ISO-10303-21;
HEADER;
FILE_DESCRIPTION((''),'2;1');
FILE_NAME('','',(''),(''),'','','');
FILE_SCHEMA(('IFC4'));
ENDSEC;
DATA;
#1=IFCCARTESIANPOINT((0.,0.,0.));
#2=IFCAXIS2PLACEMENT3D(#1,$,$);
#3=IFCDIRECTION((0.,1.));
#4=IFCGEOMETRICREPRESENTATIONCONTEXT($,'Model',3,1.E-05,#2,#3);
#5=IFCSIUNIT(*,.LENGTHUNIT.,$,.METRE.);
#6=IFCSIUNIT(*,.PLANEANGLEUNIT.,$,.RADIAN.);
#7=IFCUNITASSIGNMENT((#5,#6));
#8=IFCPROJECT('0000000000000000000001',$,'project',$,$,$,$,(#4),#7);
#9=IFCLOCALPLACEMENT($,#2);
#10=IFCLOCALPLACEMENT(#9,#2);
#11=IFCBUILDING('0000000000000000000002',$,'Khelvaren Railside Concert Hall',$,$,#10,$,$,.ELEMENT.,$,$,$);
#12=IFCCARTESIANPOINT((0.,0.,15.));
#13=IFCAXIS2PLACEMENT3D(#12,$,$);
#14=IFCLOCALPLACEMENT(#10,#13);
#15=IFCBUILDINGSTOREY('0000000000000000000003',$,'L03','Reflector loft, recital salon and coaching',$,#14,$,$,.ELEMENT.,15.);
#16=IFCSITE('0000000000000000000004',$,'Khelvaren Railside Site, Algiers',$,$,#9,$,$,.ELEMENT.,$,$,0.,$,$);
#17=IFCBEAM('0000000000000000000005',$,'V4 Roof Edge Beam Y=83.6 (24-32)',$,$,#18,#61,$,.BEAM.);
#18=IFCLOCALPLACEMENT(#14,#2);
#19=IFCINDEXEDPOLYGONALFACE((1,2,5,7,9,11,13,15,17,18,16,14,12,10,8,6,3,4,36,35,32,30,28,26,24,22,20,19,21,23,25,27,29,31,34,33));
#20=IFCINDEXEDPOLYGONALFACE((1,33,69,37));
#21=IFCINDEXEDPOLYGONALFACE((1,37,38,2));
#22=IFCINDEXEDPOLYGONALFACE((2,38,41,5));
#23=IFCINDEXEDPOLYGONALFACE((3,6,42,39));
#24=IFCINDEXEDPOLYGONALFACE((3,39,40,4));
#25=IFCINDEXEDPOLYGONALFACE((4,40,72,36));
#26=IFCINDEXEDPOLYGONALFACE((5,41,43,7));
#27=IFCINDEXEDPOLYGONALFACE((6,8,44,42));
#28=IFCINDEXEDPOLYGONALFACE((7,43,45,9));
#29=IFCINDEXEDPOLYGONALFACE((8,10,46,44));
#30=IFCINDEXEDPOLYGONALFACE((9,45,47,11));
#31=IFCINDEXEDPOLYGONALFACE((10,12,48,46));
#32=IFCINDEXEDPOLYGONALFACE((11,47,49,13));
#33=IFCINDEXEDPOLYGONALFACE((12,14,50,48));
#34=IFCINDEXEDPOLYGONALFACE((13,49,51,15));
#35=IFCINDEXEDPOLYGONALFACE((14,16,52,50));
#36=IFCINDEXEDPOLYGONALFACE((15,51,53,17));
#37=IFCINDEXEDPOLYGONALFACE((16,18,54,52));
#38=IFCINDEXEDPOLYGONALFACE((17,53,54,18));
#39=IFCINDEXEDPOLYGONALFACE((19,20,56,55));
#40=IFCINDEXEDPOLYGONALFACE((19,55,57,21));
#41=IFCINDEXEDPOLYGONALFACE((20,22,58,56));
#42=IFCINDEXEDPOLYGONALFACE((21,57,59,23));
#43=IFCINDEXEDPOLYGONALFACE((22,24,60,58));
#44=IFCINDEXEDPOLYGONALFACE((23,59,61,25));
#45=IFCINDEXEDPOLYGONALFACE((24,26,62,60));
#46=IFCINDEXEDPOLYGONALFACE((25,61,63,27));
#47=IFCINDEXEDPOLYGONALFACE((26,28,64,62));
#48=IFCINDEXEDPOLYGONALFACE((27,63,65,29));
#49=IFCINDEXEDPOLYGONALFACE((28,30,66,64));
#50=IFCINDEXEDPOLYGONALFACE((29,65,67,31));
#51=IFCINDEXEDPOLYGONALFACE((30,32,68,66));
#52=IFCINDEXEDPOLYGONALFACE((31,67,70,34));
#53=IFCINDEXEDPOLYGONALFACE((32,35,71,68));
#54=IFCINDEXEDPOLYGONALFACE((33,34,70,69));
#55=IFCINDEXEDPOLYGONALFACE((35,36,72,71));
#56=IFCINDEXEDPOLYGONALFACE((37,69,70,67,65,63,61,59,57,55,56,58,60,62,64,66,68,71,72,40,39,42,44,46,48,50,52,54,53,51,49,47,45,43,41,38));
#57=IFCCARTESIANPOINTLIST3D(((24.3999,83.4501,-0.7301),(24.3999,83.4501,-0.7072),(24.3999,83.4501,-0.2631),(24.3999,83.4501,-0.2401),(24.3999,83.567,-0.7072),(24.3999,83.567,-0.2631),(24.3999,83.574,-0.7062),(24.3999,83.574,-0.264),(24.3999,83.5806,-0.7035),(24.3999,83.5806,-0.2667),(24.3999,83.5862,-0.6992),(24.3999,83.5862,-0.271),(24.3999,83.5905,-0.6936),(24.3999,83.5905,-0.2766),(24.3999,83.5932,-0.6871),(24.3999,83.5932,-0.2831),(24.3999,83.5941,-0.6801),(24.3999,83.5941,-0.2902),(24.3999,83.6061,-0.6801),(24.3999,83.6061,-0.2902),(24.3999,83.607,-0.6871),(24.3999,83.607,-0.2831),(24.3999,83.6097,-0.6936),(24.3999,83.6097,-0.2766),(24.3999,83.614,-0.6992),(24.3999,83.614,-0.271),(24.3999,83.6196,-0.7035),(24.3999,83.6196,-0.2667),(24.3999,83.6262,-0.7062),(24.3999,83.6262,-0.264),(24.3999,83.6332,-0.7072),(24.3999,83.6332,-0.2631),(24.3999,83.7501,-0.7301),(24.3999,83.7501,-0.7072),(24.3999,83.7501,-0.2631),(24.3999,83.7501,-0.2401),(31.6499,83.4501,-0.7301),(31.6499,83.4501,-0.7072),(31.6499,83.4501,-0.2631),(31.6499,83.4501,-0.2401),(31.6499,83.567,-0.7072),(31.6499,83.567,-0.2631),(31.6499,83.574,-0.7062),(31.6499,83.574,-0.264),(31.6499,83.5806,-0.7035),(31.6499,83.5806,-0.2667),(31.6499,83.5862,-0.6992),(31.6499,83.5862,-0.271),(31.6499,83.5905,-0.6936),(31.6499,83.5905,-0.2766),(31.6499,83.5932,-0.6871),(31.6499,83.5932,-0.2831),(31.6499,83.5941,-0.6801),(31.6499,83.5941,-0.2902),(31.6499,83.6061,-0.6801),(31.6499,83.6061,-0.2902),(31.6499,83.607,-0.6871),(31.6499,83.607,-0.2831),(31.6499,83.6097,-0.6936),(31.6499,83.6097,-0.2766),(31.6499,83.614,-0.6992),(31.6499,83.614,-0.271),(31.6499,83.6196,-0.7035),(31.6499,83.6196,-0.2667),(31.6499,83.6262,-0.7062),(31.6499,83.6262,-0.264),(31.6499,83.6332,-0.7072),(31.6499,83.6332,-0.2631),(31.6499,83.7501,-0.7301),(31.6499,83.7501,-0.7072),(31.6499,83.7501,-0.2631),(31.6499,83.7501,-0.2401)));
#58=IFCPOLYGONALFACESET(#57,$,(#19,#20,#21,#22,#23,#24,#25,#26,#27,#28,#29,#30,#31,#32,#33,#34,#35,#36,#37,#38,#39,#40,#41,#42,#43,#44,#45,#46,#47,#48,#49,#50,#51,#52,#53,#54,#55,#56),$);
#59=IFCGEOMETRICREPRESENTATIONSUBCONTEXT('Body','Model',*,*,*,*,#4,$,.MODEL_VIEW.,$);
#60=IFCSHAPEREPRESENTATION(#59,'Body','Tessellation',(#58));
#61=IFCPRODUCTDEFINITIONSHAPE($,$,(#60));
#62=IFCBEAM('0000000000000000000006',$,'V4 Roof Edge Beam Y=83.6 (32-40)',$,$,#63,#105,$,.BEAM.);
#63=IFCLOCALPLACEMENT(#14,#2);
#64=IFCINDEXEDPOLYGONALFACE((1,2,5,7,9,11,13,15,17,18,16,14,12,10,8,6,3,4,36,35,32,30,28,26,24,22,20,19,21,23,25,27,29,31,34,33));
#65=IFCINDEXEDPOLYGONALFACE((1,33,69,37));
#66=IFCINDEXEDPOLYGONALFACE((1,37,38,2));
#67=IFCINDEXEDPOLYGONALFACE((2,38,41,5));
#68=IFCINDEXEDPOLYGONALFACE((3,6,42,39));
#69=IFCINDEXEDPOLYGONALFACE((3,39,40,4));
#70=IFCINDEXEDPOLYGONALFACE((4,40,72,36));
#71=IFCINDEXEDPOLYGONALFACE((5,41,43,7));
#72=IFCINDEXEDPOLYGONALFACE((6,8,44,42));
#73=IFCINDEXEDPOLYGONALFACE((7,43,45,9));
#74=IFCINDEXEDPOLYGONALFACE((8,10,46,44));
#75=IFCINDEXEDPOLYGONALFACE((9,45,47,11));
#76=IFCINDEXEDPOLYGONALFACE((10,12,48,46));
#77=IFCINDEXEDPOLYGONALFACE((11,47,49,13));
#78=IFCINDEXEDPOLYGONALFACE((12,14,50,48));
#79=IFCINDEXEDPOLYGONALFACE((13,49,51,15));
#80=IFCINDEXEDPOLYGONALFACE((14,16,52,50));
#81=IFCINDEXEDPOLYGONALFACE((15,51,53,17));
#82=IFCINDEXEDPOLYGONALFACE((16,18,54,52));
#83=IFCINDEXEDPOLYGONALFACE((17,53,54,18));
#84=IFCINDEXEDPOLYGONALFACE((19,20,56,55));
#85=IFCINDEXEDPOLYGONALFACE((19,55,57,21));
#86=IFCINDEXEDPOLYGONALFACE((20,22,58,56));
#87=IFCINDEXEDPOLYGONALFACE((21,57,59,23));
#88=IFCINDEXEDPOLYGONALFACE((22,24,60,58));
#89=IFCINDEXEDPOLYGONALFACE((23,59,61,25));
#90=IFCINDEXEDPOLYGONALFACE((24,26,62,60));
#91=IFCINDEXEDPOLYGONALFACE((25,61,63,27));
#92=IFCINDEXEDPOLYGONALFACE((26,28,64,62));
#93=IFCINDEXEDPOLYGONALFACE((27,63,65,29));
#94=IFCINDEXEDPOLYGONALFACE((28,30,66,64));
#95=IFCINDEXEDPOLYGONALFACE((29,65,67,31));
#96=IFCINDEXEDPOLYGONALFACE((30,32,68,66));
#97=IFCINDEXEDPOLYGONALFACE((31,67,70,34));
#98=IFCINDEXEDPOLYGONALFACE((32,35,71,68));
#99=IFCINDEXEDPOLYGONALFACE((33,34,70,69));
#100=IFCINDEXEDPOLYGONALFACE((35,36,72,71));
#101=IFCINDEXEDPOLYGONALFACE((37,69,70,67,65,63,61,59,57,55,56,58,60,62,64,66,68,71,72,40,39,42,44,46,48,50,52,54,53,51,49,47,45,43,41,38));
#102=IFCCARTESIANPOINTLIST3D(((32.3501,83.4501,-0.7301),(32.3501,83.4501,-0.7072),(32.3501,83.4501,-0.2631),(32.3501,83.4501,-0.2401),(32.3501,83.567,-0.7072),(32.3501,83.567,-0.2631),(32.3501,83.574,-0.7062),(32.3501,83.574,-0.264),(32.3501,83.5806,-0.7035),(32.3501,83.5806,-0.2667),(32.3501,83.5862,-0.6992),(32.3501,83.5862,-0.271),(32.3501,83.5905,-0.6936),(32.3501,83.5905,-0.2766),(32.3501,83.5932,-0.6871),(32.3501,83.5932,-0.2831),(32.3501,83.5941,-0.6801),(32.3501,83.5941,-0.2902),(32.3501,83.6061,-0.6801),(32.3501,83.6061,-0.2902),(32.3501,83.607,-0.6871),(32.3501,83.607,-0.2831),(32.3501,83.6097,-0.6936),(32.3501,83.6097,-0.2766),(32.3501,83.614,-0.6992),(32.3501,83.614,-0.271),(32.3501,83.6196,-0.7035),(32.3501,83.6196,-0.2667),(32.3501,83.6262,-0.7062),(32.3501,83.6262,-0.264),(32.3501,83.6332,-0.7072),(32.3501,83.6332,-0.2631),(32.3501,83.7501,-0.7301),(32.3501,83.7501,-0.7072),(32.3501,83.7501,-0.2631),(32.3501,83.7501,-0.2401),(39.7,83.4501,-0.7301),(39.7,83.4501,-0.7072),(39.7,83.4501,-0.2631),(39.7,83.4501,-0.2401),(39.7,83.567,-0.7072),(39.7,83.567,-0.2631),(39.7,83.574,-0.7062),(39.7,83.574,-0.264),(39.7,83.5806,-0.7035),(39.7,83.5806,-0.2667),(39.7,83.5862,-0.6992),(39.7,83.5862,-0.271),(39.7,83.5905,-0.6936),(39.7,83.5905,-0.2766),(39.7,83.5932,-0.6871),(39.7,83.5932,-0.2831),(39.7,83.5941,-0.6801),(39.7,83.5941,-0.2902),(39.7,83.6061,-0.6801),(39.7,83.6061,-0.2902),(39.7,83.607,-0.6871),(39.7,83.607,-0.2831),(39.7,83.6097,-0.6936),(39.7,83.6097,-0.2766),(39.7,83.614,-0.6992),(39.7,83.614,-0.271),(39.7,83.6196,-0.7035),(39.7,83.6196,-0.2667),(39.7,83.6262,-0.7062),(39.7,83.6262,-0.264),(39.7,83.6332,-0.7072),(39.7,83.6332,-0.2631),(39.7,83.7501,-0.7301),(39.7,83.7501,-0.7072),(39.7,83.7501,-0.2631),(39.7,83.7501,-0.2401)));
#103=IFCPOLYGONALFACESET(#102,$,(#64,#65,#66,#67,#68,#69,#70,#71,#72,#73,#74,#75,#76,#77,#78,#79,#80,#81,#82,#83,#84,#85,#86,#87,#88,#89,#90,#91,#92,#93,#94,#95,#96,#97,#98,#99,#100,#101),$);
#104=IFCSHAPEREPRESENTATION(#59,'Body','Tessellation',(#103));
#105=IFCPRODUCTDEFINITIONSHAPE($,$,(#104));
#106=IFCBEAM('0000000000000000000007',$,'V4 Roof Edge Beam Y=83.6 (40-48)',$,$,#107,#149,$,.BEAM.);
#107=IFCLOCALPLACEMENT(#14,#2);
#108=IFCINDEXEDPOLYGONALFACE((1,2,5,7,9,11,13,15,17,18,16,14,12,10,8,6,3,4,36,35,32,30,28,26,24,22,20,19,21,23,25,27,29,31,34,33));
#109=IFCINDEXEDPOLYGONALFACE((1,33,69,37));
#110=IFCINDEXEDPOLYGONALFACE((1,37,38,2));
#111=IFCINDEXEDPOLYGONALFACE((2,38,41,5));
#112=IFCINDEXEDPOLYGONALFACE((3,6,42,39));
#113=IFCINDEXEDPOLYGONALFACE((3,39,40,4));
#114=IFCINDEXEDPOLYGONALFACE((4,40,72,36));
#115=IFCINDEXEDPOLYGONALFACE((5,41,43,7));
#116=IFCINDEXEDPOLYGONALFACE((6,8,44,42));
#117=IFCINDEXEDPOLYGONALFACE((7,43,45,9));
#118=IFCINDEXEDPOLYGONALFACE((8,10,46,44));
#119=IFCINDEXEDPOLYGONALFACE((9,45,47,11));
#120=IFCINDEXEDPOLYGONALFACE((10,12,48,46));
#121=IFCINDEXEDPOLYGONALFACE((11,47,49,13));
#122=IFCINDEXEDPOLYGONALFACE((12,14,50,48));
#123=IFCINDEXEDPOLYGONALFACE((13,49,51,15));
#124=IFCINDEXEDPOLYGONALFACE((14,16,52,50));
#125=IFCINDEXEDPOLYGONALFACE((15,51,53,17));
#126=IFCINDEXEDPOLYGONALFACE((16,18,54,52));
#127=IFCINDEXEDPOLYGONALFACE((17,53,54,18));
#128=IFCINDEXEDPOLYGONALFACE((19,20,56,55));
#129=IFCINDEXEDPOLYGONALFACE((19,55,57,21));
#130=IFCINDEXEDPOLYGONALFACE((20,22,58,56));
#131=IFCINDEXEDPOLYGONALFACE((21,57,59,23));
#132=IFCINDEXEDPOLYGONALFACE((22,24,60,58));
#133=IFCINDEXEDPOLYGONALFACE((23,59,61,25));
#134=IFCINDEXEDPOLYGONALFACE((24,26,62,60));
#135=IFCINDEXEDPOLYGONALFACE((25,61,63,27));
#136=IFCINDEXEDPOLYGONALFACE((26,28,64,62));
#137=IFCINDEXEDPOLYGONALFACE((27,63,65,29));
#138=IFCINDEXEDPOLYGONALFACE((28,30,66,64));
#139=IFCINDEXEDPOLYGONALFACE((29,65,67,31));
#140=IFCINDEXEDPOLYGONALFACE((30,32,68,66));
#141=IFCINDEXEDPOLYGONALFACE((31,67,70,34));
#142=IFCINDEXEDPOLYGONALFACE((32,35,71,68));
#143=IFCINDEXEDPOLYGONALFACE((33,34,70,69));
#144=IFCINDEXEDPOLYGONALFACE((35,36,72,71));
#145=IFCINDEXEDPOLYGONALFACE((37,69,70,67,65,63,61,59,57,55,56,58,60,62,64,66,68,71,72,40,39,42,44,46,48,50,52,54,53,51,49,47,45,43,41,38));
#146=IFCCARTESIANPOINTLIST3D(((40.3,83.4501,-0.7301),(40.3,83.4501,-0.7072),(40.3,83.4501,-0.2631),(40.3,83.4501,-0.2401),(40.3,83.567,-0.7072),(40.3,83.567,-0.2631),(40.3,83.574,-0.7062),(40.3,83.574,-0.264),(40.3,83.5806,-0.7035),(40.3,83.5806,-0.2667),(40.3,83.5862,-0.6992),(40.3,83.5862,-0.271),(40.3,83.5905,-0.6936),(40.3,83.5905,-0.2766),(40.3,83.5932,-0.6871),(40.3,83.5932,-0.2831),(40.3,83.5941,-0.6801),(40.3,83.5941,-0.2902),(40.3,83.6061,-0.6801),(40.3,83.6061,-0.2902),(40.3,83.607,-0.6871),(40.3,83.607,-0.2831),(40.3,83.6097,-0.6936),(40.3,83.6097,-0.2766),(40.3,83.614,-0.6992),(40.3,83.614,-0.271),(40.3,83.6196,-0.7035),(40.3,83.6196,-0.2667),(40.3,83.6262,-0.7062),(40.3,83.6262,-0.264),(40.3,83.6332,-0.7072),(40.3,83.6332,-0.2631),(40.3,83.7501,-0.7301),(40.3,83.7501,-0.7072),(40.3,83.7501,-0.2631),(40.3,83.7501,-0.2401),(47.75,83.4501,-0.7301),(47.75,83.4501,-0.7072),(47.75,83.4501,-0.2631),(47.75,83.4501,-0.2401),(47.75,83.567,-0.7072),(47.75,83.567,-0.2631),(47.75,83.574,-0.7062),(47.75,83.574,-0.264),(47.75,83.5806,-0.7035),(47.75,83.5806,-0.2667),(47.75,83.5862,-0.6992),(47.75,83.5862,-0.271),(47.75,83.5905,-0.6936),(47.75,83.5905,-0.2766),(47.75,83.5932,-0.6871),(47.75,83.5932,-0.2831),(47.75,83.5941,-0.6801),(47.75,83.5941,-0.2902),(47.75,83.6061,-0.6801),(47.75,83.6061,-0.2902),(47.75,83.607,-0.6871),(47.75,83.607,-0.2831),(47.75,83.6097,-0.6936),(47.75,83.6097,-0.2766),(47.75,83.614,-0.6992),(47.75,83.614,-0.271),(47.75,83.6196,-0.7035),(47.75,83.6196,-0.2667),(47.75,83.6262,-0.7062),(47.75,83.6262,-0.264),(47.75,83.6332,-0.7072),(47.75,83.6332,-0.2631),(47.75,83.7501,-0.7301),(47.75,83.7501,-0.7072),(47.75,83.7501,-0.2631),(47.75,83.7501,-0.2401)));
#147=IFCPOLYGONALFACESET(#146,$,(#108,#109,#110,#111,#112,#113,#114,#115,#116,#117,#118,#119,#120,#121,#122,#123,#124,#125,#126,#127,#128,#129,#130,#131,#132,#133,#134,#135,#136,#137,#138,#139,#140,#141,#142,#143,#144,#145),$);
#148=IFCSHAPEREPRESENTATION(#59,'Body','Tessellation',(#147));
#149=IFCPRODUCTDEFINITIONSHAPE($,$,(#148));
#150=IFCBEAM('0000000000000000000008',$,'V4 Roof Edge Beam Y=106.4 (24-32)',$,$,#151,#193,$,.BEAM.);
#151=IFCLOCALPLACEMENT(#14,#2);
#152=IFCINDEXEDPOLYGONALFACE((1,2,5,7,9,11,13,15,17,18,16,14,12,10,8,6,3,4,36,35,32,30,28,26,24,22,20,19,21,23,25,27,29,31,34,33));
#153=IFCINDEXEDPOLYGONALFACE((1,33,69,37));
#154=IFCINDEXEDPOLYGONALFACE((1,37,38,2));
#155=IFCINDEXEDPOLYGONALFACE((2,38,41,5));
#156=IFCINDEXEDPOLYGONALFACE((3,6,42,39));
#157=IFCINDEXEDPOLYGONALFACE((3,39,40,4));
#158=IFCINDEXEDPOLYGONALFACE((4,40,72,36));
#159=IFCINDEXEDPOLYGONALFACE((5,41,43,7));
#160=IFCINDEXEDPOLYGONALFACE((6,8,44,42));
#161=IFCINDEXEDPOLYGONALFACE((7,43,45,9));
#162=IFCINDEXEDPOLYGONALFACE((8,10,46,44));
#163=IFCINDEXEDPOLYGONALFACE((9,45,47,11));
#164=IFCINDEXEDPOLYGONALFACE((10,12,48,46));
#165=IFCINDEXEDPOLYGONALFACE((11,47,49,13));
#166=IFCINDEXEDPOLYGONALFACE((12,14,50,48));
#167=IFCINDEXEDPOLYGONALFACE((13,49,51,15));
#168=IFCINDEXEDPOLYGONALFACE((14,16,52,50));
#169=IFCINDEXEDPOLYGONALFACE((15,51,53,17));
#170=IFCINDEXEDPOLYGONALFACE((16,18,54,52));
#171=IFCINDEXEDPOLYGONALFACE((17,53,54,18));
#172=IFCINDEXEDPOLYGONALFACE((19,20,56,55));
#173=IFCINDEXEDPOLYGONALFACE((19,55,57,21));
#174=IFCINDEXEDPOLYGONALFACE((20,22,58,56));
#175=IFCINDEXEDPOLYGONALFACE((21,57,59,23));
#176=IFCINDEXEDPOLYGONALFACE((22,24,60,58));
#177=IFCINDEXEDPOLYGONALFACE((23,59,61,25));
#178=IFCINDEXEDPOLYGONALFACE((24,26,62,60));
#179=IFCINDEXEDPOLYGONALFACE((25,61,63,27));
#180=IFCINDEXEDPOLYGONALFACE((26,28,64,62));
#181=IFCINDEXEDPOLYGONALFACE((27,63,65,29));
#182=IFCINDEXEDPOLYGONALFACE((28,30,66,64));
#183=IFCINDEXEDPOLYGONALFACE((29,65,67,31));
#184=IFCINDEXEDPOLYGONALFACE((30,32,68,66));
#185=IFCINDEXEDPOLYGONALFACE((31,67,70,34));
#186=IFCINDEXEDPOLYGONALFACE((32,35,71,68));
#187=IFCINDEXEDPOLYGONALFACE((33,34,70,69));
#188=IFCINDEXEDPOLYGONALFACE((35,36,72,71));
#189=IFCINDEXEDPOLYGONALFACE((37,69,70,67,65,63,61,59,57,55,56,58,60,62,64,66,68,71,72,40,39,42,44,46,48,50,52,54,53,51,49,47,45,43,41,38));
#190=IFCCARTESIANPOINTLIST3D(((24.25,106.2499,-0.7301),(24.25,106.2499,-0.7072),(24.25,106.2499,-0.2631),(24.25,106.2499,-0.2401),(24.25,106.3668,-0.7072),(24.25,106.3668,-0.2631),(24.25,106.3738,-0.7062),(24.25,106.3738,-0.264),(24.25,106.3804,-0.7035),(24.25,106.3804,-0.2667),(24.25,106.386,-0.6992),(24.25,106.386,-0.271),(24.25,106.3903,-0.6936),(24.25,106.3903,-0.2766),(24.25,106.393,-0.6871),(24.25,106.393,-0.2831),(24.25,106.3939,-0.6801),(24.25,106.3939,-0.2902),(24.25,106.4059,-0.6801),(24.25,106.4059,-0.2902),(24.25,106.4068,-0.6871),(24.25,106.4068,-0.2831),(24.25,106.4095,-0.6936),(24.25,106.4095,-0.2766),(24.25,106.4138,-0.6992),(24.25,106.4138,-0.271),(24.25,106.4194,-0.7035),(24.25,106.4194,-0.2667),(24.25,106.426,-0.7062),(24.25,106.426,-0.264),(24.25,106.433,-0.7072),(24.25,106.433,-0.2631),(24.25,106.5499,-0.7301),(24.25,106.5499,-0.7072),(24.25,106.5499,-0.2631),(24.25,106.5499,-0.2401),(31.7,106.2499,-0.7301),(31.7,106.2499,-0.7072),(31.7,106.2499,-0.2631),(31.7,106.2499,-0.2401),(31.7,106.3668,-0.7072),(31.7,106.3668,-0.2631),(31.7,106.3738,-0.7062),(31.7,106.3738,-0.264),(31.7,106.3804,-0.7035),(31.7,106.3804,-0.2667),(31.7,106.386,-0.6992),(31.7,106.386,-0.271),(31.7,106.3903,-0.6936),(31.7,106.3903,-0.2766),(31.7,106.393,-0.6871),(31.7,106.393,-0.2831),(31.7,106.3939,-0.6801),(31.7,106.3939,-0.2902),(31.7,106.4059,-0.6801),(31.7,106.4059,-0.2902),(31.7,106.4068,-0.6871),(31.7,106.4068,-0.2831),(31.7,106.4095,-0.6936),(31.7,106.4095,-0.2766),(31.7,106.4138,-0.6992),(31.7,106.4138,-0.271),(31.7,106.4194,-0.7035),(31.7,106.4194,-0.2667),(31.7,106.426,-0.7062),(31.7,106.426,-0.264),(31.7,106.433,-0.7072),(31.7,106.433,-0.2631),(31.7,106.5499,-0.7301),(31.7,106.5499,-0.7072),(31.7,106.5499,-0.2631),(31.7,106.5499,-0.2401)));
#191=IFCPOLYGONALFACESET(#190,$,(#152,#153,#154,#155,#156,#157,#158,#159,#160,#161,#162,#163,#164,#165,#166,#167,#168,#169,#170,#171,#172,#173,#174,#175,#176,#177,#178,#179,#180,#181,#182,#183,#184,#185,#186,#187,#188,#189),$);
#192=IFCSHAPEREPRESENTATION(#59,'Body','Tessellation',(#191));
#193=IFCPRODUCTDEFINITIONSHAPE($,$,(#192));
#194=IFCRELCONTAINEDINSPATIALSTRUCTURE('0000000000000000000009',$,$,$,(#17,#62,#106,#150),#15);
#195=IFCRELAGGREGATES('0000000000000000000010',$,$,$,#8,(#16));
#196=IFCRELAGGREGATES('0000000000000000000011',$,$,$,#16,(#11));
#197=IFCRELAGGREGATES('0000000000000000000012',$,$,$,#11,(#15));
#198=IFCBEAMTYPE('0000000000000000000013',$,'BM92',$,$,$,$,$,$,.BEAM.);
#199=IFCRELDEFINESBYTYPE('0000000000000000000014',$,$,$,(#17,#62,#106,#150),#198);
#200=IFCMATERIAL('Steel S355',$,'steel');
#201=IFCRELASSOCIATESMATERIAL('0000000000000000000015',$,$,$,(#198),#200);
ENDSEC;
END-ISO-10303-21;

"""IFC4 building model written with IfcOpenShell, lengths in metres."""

from ifc_helpers import new_model, si_unit, direction, frame, origin, origin_2d, place, context, subcontext, project, spatial, i_section, extrude, material, material_profile, profile_set, type_object, element, save


model = new_model("IFC4")

# Units and contexts
model_context = context("Model", 3, precision=1e-05, world=origin(), true_north=direction((0.0, 1.0)))
body_context = subcontext(model_context, "Body", "Model", "MODEL_VIEW")
ifc_project = project(units=[si_unit("LENGTHUNIT", "METRE"), si_unit("PLANEANGLEUNIT", "RADIAN")], contexts=[model_context])

# Site, building, storey
site_placement = place(None, origin())
site = spatial("IfcSite", under=ifc_project, at=site_placement, Name="Khelvaren Railside Site, Algiers", CompositionType="ELEMENT", RefElevation=0.0)
building_placement = place(site_placement, origin())
building = spatial("IfcBuilding", under=site, at=building_placement, Name="Khelvaren Railside Concert Hall", CompositionType="ELEMENT")
storey_placement = place(building_placement, frame((0.0, 0.0, 15.0)))
storey = spatial("IfcBuildingStorey", under=building, at=storey_placement, Name="L03", Description="Reflector loft, recital salon and coaching", CompositionType="ELEMENT", Elevation=15.0)

# Beams
ifc_material_1 = material(Name="Steel S355", Category="steel")
ifc_material_profile_1 = material_profile(ifc_material_1, i_section(OverallWidth=0.3, OverallDepth=0.49, WebThickness=0.012, FlangeThickness=0.0229, FilletRadius=0.0271, at=origin_2d()), Name="HEA 500")
ifc_profile_set_1 = profile_set([ifc_material_profile_1], Name="Steel S355")
beam_type = type_object("IfcBeamType", Name="BM92", PredefinedType="BEAM", material=ifc_profile_set_1)
beam_1_placement = place(storey_placement, frame((24.3999, 83.6001, -0.4851), z_axis=(1.0, 0.0, 0.0), x_axis=(0.0, 1.0, 0.0)))
element("IfcBeam", 1, at=beam_1_placement, inside=storey, type_object=beam_type, Name="V4 Roof Edge Beam Y=83.6 (24-32)", PredefinedType="BEAM", context=body_context, shape_type="SweptSolid", body=[
    extrude(i_section(OverallWidth=0.3, OverallDepth=0.49, WebThickness=0.012, FlangeThickness=0.0229, FilletRadius=0.0271, at=origin_2d()), origin(), (0.0, 0.0, 1.0), 7.25),
])
beam_2_placement = place(storey_placement, frame((32.3501, 83.6001, -0.4851), z_axis=(1.0, 0.0, 0.0), x_axis=(0.0, 1.0, 0.0)))
element("IfcBeam", 2, at=beam_2_placement, inside=storey, type_object=beam_type, Name="V4 Roof Edge Beam Y=83.6 (32-40)", PredefinedType="BEAM", context=body_context, shape_type="SweptSolid", body=[
    extrude(i_section(OverallWidth=0.3, OverallDepth=0.49, WebThickness=0.012, FlangeThickness=0.0229, FilletRadius=0.0271, at=origin_2d()), origin(), (0.0, 0.0, 1.0), 7.3499),
])
for number, where, z_axis, x_axis, name in (
    (3, (40.3, 83.6001, -0.4851), (1.0, 0.0, 0.0), (0.0, 1.0, 0.0), "V4 Roof Edge Beam Y=83.6 (40-48)"),
    (4, (24.25, 106.3999, -0.4851), (1.0, 0.0, 0.0), (0.0, 1.0, 0.0), "V4 Roof Edge Beam Y=106.4 (24-32)"),
):
    element("IfcBeam", number, at=place(storey_placement, frame(where, z_axis=z_axis, x_axis=x_axis)), inside=storey, type_object=beam_type, Name=name, PredefinedType="BEAM", context=body_context, shape_type="SweptSolid", body=[
        extrude(i_section(OverallWidth=0.3, OverallDepth=0.49, WebThickness=0.012, FlangeThickness=0.0229, FilletRadius=0.0271, at=origin_2d()), origin(), (0.0, 0.0, 1.0), 7.45),
    ])

save(model, "model.ifc")
